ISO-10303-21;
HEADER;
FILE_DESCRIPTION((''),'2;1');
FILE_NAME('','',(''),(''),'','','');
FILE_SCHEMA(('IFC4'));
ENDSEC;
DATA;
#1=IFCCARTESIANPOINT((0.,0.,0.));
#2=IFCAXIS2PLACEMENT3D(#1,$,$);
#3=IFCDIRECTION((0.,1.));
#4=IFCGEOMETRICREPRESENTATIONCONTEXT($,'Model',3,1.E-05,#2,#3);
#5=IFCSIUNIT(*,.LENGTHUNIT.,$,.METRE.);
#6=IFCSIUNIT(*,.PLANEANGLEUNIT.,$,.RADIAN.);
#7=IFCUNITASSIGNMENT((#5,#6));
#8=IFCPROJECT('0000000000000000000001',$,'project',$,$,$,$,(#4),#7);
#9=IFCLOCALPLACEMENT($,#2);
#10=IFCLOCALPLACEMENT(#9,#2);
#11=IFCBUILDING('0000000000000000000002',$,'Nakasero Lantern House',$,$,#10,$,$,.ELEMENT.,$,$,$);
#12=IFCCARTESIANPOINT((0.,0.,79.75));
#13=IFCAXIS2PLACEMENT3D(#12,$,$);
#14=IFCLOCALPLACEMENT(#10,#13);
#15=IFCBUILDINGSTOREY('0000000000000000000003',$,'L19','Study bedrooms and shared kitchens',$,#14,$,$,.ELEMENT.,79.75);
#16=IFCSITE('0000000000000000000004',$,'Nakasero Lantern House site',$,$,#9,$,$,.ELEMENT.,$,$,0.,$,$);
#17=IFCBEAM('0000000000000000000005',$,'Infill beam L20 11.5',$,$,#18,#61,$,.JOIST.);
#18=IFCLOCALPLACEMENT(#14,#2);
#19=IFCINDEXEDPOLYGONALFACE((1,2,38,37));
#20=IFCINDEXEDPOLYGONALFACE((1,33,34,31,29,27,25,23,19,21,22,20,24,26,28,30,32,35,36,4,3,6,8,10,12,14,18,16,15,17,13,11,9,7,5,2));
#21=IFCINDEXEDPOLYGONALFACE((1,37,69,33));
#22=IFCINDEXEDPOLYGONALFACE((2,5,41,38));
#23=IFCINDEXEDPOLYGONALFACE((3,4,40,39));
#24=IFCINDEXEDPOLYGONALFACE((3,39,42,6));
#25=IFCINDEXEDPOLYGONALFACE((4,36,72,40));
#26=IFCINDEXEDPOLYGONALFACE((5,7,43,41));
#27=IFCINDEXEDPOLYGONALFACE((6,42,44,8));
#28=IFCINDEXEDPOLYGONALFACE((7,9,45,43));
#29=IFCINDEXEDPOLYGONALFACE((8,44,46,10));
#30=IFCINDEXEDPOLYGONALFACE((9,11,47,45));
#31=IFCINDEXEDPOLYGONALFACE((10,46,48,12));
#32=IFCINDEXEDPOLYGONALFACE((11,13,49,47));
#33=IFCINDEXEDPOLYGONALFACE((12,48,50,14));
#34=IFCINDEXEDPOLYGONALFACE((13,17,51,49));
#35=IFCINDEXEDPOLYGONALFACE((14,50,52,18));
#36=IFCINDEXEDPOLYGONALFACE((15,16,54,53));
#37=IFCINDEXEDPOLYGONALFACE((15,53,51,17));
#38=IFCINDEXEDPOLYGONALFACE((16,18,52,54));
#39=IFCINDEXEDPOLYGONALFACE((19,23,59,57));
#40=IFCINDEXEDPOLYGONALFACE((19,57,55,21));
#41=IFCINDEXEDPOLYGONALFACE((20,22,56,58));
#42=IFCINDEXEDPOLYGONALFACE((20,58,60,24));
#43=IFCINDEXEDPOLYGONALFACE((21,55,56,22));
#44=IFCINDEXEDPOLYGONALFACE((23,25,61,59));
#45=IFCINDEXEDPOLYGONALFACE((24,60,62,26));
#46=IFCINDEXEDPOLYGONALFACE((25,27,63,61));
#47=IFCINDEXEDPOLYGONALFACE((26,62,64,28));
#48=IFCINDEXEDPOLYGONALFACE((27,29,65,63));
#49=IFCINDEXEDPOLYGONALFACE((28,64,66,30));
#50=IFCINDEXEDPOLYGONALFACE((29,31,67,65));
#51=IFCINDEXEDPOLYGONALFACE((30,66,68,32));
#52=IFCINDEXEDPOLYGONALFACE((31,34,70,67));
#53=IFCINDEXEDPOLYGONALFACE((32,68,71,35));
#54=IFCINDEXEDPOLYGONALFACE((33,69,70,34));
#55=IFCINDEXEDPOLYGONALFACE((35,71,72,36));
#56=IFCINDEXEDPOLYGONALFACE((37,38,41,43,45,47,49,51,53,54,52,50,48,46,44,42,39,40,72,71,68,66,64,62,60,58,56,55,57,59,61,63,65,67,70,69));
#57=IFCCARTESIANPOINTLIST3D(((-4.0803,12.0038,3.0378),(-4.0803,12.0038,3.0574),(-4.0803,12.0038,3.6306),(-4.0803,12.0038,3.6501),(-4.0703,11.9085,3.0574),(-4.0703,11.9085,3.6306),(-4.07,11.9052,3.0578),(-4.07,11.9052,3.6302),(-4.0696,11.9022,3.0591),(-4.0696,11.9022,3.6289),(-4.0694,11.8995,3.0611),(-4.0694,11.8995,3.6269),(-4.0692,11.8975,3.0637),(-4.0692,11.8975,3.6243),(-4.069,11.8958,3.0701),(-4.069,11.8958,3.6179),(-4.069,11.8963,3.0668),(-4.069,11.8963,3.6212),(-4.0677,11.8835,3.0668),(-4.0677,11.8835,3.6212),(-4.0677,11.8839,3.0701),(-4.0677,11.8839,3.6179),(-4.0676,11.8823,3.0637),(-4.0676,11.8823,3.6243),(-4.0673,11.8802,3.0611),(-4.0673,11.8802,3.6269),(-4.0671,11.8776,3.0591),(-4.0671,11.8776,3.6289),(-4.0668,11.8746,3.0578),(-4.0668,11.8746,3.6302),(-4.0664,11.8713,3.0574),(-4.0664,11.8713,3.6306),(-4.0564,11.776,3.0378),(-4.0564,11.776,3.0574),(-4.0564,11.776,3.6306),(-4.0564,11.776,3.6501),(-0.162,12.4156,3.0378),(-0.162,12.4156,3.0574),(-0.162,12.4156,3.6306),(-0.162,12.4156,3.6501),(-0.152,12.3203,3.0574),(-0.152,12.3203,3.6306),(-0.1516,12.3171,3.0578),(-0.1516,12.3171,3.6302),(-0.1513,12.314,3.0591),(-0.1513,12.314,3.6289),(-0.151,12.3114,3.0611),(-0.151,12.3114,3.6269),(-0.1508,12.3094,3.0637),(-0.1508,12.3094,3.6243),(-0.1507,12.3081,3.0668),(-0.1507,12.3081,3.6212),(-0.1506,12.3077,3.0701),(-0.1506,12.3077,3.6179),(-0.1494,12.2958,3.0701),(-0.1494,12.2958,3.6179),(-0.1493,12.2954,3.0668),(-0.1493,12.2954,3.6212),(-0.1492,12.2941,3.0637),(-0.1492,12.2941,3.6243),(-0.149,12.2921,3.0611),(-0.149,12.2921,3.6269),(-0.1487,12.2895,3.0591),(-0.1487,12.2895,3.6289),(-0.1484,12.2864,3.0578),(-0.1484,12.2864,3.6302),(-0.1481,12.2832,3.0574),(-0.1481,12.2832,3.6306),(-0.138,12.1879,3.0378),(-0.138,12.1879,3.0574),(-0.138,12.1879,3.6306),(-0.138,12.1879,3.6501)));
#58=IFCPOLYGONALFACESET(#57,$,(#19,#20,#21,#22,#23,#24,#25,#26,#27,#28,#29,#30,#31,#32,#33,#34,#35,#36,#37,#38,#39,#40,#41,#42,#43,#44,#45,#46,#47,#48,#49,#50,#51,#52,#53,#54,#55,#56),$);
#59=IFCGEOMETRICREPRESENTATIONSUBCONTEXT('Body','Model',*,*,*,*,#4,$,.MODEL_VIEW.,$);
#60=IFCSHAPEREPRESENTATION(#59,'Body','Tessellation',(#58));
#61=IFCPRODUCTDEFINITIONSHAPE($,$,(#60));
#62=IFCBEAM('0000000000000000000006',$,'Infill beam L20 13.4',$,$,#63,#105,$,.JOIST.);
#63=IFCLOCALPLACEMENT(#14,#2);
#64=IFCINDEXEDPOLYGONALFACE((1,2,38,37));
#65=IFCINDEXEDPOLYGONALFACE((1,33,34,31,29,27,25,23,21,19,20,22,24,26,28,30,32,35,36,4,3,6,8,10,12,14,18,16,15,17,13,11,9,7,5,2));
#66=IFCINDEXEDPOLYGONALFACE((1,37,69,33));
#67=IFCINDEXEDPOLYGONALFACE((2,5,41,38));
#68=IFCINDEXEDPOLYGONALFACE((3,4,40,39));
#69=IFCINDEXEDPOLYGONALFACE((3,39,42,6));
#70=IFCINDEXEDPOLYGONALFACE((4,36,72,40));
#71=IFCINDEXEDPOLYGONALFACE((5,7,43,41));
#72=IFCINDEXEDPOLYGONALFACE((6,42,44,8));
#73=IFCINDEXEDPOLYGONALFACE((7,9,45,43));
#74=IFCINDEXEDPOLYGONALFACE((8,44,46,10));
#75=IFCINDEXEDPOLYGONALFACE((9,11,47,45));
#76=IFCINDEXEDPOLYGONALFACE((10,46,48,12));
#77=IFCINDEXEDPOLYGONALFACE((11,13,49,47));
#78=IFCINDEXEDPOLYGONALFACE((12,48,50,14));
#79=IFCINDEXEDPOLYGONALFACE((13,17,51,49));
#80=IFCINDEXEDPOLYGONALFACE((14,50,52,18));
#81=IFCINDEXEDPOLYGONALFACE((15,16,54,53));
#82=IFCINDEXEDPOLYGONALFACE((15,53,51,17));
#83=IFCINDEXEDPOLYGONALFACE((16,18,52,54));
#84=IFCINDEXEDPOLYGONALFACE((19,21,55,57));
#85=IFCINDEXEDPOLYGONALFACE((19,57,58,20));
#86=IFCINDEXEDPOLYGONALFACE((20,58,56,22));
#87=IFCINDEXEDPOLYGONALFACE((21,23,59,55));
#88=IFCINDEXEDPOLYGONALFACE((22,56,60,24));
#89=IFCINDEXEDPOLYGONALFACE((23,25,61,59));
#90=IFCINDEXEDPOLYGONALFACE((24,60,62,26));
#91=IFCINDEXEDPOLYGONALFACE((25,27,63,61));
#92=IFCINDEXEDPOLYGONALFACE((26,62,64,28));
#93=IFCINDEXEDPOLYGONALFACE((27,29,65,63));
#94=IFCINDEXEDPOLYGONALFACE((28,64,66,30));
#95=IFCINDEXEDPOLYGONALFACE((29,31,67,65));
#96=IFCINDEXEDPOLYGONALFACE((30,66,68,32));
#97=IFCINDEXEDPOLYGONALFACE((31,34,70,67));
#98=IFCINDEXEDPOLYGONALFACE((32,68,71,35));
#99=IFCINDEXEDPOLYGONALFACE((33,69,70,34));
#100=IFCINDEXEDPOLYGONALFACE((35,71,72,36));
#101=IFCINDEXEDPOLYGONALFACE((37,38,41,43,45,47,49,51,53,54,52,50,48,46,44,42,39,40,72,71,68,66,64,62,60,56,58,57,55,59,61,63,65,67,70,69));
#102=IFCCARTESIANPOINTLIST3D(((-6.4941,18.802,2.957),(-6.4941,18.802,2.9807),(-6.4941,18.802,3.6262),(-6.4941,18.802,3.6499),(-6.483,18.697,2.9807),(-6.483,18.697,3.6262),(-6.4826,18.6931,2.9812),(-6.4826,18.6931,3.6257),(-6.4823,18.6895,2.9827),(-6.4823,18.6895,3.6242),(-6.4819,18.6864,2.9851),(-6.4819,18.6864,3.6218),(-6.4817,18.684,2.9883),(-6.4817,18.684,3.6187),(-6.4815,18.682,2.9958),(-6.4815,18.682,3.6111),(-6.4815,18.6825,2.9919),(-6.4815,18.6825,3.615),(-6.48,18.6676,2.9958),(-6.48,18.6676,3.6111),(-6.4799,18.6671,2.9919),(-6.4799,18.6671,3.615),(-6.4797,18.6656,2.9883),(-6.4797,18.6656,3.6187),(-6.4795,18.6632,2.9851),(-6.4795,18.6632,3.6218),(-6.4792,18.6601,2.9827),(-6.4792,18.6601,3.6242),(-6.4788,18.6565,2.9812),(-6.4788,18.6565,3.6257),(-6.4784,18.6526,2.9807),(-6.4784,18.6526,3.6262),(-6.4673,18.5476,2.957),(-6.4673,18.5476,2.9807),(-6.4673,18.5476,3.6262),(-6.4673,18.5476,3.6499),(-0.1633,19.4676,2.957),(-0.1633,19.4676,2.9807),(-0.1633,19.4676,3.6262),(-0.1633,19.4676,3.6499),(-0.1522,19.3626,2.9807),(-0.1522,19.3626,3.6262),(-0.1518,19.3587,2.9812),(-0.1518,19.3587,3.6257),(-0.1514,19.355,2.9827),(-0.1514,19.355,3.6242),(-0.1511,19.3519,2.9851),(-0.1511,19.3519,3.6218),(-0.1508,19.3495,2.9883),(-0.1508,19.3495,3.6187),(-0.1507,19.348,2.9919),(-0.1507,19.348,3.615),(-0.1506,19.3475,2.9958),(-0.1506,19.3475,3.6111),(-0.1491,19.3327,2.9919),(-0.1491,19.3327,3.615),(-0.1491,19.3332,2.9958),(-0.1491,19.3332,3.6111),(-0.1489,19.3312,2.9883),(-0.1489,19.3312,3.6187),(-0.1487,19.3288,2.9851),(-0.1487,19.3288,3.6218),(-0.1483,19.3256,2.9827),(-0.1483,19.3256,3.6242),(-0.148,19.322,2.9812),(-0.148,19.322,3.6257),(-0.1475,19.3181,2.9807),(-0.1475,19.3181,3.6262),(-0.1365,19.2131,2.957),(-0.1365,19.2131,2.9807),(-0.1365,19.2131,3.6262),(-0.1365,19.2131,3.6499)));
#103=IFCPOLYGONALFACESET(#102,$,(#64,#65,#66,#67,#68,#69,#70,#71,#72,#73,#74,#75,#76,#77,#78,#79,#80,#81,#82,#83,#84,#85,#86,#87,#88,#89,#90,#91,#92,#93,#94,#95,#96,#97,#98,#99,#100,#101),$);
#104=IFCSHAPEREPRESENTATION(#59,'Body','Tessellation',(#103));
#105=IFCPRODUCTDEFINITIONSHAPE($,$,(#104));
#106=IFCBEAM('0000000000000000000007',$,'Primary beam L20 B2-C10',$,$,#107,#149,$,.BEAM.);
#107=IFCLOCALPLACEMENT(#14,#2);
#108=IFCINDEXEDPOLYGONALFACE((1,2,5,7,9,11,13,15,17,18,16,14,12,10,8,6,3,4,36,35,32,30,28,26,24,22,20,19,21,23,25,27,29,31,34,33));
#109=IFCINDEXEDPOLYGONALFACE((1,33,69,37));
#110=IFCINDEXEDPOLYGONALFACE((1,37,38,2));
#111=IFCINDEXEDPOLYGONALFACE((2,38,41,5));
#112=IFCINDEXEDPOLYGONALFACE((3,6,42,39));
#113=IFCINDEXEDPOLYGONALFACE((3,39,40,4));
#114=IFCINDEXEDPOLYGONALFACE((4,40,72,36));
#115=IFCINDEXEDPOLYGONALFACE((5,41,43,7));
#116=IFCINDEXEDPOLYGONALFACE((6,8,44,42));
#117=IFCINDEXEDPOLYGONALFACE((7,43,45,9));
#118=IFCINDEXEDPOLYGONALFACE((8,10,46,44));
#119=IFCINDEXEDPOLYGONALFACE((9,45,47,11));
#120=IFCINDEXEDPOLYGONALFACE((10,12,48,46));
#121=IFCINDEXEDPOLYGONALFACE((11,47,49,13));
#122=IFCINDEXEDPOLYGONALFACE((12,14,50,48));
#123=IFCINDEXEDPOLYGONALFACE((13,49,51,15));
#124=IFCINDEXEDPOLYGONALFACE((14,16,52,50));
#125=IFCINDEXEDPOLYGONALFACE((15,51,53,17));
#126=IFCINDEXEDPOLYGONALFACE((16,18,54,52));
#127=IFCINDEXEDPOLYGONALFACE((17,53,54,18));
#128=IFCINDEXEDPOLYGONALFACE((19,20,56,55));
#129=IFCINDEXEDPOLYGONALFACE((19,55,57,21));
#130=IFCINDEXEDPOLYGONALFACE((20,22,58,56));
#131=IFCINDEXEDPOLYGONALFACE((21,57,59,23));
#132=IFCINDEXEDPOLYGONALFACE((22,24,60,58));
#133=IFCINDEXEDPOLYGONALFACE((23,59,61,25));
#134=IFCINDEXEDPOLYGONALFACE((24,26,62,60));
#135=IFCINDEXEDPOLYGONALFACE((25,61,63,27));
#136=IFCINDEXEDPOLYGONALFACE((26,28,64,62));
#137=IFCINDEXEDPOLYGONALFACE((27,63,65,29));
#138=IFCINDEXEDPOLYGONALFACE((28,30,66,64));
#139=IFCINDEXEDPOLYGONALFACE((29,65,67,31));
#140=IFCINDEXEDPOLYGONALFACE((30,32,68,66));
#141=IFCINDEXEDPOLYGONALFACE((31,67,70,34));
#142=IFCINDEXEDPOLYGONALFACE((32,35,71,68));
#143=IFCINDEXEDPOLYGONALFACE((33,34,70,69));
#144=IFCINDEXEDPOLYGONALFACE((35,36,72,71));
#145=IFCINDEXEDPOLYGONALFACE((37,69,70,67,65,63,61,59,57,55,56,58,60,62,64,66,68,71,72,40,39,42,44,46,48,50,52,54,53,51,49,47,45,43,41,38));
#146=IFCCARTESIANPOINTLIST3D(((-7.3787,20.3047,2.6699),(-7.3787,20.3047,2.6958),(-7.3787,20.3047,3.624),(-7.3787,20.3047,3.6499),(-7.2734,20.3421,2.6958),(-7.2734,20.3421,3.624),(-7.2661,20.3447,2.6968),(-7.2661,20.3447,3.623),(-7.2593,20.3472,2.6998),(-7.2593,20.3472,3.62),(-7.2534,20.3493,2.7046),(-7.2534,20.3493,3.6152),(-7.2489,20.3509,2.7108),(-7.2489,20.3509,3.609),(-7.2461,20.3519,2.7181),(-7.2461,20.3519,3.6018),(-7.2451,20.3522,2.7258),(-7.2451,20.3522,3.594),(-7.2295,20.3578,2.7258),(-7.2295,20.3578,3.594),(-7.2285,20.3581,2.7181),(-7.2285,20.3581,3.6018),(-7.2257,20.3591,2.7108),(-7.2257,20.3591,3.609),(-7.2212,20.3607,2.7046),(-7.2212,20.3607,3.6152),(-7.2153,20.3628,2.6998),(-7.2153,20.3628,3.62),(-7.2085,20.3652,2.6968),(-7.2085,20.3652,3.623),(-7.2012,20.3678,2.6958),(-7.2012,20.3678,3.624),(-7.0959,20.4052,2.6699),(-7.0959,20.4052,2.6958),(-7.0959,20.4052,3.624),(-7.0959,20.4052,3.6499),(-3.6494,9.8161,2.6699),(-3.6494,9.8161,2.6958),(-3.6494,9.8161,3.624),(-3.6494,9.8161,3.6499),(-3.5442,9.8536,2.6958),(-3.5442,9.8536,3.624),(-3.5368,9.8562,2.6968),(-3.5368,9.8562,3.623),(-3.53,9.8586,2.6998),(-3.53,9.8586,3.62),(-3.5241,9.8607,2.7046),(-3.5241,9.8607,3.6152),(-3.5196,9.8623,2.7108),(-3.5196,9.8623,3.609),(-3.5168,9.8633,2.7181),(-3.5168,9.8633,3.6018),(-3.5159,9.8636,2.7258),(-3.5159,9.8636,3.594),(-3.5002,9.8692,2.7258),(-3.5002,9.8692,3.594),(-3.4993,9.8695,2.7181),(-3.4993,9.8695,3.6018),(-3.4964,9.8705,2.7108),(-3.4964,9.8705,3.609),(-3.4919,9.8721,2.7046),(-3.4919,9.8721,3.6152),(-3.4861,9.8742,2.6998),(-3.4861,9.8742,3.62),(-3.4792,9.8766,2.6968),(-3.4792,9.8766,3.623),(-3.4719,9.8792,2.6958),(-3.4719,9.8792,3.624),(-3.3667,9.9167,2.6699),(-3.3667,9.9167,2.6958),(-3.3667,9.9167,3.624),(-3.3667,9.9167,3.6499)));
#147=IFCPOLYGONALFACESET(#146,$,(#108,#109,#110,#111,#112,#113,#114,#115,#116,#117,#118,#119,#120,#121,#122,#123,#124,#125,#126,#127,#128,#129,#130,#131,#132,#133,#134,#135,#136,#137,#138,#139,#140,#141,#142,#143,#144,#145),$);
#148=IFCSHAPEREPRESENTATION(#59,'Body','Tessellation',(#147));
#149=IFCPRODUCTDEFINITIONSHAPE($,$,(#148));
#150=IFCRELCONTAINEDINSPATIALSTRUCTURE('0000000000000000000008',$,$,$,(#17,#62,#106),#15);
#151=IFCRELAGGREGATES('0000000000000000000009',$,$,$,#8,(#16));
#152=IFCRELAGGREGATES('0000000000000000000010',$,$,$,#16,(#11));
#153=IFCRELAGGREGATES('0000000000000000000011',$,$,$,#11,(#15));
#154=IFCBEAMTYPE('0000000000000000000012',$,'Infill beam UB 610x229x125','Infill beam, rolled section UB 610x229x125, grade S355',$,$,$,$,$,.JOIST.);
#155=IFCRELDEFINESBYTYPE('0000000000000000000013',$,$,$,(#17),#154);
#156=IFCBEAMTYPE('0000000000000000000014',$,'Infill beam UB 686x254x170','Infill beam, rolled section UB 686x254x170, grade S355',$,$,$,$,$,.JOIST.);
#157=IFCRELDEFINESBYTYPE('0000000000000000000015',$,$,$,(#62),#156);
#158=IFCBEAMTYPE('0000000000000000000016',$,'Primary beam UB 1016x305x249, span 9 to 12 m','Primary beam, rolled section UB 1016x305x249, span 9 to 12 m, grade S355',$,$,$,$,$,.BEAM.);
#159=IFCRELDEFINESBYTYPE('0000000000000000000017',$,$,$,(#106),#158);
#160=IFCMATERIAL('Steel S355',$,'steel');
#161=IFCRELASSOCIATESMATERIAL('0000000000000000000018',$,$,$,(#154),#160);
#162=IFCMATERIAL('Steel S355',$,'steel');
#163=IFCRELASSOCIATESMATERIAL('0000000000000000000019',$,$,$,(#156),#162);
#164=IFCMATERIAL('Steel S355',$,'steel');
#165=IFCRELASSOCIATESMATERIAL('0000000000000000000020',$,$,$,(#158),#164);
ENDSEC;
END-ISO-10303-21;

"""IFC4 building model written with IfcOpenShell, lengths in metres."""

from ifc_helpers import new_model, si_unit, direction, frame, origin, origin_2d, place, context, subcontext, project, spatial, i_section, extrude, material, material_profile, profile_set, type_object, element, save


model = new_model("IFC4")

# Units and contexts
model_context = context("Model", 3, precision=1e-05, world=origin(), true_north=direction((0.0, 1.0)))
body_context = subcontext(model_context, "Body", "Model", "MODEL_VIEW")
ifc_project = project(units=[si_unit("LENGTHUNIT", "METRE"), si_unit("PLANEANGLEUNIT", "RADIAN")], contexts=[model_context])

# Site, building, storey
site_placement = place(None, origin())
site = spatial("IfcSite", under=ifc_project, at=site_placement, Name="Nakasero Lantern House site", CompositionType="ELEMENT", RefElevation=0.0)
building_placement = place(site_placement, origin())
building = spatial("IfcBuilding", under=site, at=building_placement, Name="Nakasero Lantern House", CompositionType="ELEMENT")
storey_placement = place(building_placement, frame((0.0, 0.0, 79.75)))
storey = spatial("IfcBuildingStorey", under=building, at=storey_placement, Name="L19", Description="Study bedrooms and shared kitchens", CompositionType="ELEMENT", Elevation=79.75)

# Beams
ifc_material_1 = material(Name="Steel S355", Category="steel")
ifc_material_profile_1 = material_profile(ifc_material_1, i_section(OverallWidth=0.229, OverallDepth=0.6123, WebThickness=0.012, FlangeThickness=0.0195, FilletRadius=0.0127, at=origin_2d()), Name="UB 610x229x125")
ifc_profile_set_1 = profile_set([ifc_material_profile_1], Name="Steel S355")
beam_type_1 = type_object("IfcBeamType", Name="Infill beam UB 610x229x125", Description="Infill beam, rolled section UB 610x229x125, grade S355", PredefinedType="JOIST", material=ifc_profile_set_1)
beam_1_placement = place(storey_placement, frame((-4.0684, 11.8899, 3.344), z_axis=(0.994521, 0.104533, 0.0), x_axis=(-0.104533, 0.994521, 0.0)))
element("IfcBeam", 1, at=beam_1_placement, inside=storey, type_object=beam_type_1, Name="Infill beam L20 11.5", PredefinedType="JOIST", context=body_context, shape_type="SweptSolid", body=[
    extrude(i_section(OverallWidth=0.229, OverallDepth=0.6123, WebThickness=0.012, FlangeThickness=0.0195, FilletRadius=0.0127, at=origin_2d()), origin(), (0.0, 0.0, 1.0), 3.9399),
])
ifc_material_2 = material(Name="Steel S355", Category="steel")
ifc_material_profile_2 = material_profile(ifc_material_2, i_section(OverallWidth=0.2559, OverallDepth=0.6929, WebThickness=0.0144, FlangeThickness=0.0237, FilletRadius=0.0151, at=origin_2d()), Name="UB 686x254x170")
ifc_profile_set_2 = profile_set([ifc_material_profile_2], Name="Steel S355")
beam_type_2 = type_object("IfcBeamType", Name="Infill beam UB 686x254x170", Description="Infill beam, rolled section UB 686x254x170, grade S355", PredefinedType="JOIST", material=ifc_profile_set_2)
beam_2_placement = place(storey_placement, frame((-6.4807, 18.6748, 3.3035), z_axis=(0.99452, 0.104549, 0.0), x_axis=(-0.104549, 0.99452, 0.0)))
element("IfcBeam", 2, at=beam_2_placement, inside=storey, type_object=beam_type_2, Name="Infill beam L20 13.4", PredefinedType="JOIST", context=body_context, shape_type="SweptSolid", body=[
    extrude(i_section(OverallWidth=0.2559, OverallDepth=0.6929, WebThickness=0.0144, FlangeThickness=0.0237, FilletRadius=0.0151, at=origin_2d()), origin(), (0.0, 0.0, 1.0), 6.3657),
])
ifc_material_3 = material(Name="Steel S355", Category="steel")
ifc_material_profile_3 = material_profile(ifc_material_3, i_section(OverallWidth=0.3, OverallDepth=0.98, WebThickness=0.0166, FlangeThickness=0.0259, FilletRadius=0.03, at=origin_2d()), Name="UB 1016x305x249")
ifc_profile_set_3 = profile_set([ifc_material_profile_3], Name="Steel S355")
beam_type_3 = type_object("IfcBeamType", Name="Primary beam UB 1016x305x249, span 9 to 12 m", Description="Primary beam, rolled section UB 1016x305x249, span 9 to 12 m, grade S355", PredefinedType="BEAM", material=ifc_profile_set_3)
beam_3_placement = place(storey_placement, frame((-7.2373, 20.355, 3.1599), z_axis=(0.335009, -0.942215, 0.0), x_axis=(0.942215, 0.335009, 0.0)))
element("IfcBeam", 3, at=beam_3_placement, inside=storey, type_object=beam_type_3, Name="Primary beam L20 B2-C10", PredefinedType="BEAM", context=body_context, shape_type="SweptSolid", body=[
    extrude(i_section(OverallWidth=0.3, OverallDepth=0.98, WebThickness=0.0166, FlangeThickness=0.0259, FilletRadius=0.03, at=origin_2d()), origin(), (0.0, 0.0, 1.0), 11.1318),
])

save(model, "model.ifc")
